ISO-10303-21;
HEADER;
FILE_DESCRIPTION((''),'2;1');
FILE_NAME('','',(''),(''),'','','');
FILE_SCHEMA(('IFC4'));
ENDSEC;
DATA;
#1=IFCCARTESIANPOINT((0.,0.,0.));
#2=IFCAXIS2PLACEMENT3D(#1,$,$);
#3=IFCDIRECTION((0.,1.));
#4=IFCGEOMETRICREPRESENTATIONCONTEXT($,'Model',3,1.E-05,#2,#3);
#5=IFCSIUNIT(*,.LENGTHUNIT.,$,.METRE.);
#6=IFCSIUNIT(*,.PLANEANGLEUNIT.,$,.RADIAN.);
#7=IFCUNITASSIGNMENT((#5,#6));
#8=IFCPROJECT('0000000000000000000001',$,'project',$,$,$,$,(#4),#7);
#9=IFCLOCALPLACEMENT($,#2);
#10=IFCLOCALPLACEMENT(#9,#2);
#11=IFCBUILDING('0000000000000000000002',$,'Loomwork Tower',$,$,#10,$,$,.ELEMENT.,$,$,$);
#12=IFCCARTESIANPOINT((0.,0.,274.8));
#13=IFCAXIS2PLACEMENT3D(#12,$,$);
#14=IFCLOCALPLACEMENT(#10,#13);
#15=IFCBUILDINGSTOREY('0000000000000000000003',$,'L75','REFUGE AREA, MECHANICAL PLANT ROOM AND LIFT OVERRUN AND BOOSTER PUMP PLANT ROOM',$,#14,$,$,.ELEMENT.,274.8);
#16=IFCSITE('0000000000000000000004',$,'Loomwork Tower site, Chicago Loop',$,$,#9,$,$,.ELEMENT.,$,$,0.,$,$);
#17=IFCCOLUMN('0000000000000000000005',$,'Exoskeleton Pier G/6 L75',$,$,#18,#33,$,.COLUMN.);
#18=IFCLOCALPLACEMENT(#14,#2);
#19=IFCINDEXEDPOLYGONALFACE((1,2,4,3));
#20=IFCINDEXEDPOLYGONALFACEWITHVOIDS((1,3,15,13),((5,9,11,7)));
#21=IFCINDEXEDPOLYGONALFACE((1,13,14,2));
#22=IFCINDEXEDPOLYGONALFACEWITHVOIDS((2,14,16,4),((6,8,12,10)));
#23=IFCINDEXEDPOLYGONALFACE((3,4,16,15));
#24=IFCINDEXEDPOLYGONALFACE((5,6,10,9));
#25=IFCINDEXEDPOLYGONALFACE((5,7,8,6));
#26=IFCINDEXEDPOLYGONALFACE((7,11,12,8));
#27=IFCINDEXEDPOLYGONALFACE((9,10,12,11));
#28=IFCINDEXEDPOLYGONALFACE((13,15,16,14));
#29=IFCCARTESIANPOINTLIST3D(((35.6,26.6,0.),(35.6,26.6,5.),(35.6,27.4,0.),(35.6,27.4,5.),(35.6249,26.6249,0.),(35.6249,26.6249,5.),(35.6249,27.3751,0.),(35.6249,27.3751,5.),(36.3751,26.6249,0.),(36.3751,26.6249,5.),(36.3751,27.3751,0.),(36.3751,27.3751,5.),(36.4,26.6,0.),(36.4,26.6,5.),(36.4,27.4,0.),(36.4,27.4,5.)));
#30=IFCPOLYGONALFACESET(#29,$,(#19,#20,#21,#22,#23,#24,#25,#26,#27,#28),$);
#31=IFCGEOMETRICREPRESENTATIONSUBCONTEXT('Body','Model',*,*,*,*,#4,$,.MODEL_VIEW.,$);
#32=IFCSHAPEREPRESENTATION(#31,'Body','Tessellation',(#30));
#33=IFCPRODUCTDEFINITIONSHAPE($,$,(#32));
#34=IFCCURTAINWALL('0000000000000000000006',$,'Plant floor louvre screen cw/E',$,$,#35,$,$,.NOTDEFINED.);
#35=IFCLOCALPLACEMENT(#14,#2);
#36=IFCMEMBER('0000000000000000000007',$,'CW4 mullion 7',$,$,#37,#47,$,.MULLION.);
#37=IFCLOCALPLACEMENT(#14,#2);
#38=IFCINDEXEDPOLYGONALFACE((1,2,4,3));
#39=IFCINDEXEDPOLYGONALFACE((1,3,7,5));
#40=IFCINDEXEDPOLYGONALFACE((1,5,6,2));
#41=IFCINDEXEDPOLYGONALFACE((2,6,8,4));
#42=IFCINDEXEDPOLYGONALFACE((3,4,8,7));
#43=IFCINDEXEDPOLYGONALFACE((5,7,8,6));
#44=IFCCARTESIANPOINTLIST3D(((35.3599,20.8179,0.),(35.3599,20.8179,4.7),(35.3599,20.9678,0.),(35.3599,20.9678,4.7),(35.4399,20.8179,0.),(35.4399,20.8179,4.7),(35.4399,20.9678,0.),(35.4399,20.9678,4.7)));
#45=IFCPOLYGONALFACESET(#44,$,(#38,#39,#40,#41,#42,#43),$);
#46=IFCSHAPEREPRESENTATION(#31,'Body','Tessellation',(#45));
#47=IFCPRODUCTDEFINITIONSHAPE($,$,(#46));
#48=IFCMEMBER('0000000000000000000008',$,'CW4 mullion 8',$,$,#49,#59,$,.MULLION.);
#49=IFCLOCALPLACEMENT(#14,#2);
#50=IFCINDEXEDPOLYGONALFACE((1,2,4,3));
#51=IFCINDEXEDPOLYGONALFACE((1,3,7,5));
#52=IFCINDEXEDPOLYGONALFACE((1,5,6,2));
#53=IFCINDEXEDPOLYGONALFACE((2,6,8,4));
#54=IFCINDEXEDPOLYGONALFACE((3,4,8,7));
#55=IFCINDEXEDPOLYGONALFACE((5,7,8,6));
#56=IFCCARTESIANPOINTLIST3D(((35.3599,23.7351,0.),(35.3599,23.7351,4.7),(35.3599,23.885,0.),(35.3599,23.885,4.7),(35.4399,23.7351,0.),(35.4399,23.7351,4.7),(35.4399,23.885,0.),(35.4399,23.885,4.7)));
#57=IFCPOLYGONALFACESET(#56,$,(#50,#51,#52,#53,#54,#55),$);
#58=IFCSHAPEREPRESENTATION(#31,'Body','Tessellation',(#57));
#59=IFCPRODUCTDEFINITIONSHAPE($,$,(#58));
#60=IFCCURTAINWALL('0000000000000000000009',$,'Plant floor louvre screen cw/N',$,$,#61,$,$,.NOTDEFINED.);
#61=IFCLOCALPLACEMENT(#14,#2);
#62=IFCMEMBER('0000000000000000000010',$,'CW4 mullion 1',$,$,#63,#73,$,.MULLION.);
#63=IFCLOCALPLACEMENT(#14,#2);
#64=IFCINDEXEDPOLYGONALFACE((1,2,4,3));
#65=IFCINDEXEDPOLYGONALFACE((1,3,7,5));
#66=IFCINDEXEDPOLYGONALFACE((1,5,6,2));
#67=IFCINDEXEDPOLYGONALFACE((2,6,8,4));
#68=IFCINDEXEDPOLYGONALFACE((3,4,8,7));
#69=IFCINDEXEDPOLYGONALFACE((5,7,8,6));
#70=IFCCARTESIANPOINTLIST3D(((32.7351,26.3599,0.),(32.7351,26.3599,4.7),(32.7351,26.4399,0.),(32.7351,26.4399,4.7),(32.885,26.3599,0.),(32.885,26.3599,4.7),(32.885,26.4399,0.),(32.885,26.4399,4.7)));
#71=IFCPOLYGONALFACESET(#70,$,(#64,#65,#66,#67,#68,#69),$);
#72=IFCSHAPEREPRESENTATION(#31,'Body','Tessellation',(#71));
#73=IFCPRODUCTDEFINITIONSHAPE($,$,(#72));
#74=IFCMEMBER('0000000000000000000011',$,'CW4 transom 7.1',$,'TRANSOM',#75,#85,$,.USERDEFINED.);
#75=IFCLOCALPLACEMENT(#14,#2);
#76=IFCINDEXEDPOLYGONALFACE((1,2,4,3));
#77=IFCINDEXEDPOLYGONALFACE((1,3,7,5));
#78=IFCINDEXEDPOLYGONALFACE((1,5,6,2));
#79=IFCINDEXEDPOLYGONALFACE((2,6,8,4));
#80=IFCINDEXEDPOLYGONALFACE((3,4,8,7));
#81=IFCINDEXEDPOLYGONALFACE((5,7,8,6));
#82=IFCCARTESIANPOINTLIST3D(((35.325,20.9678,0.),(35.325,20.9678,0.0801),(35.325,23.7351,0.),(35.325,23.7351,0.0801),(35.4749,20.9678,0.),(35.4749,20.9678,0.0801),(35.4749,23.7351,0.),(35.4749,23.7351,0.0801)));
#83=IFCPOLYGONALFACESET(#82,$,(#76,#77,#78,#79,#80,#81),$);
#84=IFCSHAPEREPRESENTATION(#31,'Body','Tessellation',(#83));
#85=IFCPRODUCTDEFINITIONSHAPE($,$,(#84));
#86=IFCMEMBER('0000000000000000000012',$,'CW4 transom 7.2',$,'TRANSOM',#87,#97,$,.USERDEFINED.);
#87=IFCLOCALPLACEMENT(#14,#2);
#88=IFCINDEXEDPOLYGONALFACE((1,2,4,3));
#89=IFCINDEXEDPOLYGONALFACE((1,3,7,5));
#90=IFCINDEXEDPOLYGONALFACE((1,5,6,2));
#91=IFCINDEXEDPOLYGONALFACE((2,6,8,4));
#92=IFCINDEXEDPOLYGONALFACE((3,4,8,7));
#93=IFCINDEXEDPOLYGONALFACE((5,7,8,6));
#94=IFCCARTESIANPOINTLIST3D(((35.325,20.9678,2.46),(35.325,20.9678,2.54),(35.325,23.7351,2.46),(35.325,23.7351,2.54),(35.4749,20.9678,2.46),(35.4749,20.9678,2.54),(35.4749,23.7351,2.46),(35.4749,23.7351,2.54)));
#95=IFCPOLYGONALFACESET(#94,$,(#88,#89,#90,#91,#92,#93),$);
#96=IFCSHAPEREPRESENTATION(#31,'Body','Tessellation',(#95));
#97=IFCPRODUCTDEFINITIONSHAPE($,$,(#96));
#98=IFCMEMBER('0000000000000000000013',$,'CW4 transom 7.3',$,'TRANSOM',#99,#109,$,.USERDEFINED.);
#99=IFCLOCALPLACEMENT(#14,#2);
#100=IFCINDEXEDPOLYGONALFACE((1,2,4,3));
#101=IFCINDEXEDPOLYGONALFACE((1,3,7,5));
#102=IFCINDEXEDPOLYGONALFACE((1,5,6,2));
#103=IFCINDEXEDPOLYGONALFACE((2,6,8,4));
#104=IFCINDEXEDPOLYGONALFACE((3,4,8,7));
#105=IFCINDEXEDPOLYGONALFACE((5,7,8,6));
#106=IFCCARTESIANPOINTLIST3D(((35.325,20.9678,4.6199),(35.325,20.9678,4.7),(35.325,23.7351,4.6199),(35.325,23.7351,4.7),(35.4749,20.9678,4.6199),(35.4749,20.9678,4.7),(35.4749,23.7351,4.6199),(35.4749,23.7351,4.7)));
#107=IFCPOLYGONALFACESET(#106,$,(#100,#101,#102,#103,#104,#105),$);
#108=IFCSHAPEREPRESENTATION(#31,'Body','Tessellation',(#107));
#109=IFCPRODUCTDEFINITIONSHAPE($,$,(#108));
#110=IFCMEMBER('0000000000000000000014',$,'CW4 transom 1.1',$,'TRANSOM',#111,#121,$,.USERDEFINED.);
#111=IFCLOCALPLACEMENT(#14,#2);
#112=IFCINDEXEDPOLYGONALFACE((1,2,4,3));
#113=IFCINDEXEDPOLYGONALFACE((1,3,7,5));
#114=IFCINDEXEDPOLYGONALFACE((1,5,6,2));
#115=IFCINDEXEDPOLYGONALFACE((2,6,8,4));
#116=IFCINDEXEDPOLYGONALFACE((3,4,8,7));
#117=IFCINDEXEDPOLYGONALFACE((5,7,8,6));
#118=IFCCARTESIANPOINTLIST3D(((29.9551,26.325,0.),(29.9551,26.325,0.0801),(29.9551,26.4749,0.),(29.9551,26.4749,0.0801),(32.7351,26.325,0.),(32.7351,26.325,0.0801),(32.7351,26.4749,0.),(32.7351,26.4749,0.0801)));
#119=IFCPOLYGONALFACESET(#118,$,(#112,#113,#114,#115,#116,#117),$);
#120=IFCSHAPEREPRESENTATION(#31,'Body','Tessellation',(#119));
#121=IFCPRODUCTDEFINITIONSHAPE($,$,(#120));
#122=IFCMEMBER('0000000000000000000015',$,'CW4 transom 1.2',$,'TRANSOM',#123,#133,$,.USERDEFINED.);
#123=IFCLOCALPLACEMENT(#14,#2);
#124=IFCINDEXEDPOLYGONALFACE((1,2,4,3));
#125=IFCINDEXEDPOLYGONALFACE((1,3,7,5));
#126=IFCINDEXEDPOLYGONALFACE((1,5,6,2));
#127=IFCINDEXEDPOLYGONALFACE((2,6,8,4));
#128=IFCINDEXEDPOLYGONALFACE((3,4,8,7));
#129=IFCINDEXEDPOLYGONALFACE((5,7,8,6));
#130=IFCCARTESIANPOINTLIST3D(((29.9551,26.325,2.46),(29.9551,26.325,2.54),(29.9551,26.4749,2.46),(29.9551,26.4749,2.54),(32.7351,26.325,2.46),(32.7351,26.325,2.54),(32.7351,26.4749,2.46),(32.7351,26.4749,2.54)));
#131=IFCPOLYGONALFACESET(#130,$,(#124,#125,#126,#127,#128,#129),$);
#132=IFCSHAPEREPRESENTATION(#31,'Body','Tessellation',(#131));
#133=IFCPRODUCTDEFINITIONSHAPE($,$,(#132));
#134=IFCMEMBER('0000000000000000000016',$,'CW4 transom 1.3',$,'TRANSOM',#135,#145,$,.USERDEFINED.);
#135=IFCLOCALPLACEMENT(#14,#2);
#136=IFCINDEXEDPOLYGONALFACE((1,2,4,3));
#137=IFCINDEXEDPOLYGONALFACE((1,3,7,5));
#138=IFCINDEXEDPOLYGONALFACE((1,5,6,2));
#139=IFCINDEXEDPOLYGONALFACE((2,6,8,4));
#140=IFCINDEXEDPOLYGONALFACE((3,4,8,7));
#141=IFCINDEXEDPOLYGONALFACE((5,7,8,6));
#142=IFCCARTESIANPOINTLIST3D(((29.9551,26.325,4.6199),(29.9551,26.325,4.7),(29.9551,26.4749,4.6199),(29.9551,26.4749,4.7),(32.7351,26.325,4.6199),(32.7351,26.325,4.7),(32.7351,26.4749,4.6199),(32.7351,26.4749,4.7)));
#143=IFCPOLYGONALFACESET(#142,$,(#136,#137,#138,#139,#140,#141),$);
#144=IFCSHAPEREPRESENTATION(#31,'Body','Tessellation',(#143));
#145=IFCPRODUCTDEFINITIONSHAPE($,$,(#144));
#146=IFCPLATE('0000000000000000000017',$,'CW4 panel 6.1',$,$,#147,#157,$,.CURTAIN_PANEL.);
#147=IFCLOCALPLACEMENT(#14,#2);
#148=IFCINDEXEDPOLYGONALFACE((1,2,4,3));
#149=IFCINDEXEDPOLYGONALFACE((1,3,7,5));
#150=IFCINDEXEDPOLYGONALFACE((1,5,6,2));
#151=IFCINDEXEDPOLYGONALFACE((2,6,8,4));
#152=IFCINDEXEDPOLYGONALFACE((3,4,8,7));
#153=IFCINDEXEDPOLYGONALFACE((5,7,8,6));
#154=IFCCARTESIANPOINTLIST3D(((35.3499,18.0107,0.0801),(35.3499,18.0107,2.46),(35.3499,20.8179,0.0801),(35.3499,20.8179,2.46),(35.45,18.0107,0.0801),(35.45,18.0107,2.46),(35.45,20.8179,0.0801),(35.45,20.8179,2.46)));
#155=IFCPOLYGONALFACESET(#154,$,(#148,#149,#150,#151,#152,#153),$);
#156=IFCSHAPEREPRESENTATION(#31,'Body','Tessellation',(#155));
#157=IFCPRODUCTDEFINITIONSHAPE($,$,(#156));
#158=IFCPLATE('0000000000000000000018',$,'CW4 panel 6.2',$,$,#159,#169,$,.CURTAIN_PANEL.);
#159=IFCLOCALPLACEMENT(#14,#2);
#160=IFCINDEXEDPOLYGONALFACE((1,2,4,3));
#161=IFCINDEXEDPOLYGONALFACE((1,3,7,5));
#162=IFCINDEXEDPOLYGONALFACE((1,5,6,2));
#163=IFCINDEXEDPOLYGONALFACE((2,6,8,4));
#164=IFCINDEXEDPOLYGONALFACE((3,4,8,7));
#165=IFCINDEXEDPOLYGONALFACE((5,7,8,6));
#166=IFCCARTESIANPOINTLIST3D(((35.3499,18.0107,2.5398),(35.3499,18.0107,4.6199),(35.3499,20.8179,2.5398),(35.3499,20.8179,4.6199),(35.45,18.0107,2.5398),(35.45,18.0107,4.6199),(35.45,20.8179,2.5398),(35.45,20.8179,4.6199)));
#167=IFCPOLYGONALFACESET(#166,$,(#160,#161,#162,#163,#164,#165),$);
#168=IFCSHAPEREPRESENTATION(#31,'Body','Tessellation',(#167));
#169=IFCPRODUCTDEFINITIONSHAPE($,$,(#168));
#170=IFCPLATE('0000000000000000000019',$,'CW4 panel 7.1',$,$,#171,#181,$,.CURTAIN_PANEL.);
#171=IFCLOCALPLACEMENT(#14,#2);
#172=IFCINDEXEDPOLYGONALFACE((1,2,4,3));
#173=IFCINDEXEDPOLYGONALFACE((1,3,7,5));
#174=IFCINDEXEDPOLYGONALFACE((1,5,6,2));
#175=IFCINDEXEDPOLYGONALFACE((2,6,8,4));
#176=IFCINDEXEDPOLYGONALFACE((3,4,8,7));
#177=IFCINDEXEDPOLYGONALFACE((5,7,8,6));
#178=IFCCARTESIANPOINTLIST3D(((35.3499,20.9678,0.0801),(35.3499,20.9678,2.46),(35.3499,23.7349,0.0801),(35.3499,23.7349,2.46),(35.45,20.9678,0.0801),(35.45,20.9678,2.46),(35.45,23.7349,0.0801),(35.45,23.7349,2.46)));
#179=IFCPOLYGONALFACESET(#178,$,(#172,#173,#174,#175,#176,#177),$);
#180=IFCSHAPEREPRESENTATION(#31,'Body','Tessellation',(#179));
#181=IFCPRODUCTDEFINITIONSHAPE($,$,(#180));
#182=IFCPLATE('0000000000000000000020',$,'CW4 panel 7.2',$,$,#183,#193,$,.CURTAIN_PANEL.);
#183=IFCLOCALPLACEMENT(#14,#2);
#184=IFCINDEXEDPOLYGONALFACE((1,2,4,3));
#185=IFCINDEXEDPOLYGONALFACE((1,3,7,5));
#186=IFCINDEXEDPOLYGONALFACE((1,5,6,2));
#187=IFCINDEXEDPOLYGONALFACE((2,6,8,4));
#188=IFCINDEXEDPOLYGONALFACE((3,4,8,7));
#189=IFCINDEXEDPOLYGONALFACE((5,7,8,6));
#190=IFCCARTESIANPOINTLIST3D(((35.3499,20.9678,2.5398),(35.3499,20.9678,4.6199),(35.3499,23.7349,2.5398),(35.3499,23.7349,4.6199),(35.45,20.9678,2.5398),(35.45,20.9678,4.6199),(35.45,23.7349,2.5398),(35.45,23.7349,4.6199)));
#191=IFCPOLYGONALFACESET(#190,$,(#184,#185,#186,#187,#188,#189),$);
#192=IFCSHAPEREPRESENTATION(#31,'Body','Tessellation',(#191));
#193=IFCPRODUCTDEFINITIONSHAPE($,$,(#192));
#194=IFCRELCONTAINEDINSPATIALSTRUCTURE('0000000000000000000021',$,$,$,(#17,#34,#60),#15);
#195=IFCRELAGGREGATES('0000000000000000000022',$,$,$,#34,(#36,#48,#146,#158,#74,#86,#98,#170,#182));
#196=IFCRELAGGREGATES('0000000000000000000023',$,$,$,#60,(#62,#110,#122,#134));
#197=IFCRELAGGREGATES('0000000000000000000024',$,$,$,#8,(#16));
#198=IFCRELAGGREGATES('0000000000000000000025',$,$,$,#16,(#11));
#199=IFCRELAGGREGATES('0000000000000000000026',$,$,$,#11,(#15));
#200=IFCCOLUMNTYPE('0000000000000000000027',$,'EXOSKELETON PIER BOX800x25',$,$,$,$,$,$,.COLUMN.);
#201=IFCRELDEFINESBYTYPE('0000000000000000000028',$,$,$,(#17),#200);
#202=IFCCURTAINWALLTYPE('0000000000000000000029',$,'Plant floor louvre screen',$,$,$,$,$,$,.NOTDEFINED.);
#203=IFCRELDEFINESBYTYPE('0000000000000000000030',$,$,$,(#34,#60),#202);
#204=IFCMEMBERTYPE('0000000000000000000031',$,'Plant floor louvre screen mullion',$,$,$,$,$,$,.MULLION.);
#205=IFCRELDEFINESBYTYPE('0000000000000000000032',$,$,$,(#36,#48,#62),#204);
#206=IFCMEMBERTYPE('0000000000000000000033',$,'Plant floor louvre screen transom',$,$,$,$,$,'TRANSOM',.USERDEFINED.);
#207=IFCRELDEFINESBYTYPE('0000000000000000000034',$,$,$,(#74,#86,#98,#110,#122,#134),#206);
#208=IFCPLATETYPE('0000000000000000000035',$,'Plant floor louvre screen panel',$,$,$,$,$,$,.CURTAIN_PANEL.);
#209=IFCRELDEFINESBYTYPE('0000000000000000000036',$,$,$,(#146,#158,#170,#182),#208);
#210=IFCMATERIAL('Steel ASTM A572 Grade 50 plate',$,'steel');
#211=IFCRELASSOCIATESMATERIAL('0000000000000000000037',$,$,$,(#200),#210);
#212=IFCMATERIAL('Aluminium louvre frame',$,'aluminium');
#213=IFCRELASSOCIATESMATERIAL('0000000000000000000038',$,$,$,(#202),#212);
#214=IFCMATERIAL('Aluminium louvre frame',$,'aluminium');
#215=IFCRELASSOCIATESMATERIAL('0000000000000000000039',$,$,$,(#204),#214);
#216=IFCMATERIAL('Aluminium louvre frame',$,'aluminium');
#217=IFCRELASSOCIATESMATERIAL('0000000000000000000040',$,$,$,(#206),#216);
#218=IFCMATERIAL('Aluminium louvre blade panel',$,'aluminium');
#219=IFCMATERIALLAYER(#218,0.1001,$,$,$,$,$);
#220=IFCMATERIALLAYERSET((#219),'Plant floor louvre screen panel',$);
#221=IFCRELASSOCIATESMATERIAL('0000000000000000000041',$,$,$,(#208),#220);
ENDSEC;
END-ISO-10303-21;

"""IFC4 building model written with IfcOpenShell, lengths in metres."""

from ifc_helpers import new_model, si_unit, direction, frame, origin, origin_2d, place, context, subcontext, project, spatial, rectangle, hollow_rectangle, extrude, material, layer, layer_set, material_profile, profile_set, type_object, element, aggregate, save


model = new_model("IFC4")

# Units and contexts
model_context = context("Model", 3, precision=1e-05, world=origin(), true_north=direction((0.0, 1.0)))
body_context = subcontext(model_context, "Body", "Model", "MODEL_VIEW")
ifc_project = project(units=[si_unit("LENGTHUNIT", "METRE"), si_unit("PLANEANGLEUNIT", "RADIAN")], contexts=[model_context])

# Site, building, storey
site_placement = place(None, origin())
site = spatial("IfcSite", under=ifc_project, at=site_placement, Name="Loomwork Tower site, Chicago Loop", CompositionType="ELEMENT", RefElevation=0.0)
building_placement = place(site_placement, origin())
building = spatial("IfcBuilding", under=site, at=building_placement, Name="Loomwork Tower", CompositionType="ELEMENT")
storey_placement = place(building_placement, frame((0.0, 0.0, 274.8)))
storey = spatial("IfcBuildingStorey", under=building, at=storey_placement, Name="L75", Description="REFUGE AREA, MECHANICAL PLANT ROOM AND LIFT OVERRUN AND BOOSTER PUMP PLANT ROOM", CompositionType="ELEMENT", Elevation=274.8)

# Column
ifc_material_1 = material(Name="Steel ASTM A572 Grade 50 plate", Category="steel")
ifc_material_profile_1 = material_profile(ifc_material_1, hollow_rectangle(XDim=0.8, YDim=0.8, WallThickness=0.0249, at=origin_2d()), Name="BOX800x25")
ifc_profile_set_1 = profile_set([ifc_material_profile_1], Name="Steel ASTM A572 Grade 50 plate")
column_type = type_object("IfcColumnType", Name="EXOSKELETON PIER BOX800x25", PredefinedType="COLUMN", material=ifc_profile_set_1)
column_placement = place(storey_placement, frame((36.0, 27.0, 0.0), z_axis=(0.0, 0.0, 1.0), x_axis=(1.0, 0.0, 0.0)))
element("IfcColumn", 1, at=column_placement, inside=storey, type_object=column_type, Name="Exoskeleton Pier G/6 L75", PredefinedType="COLUMN", context=body_context, shape_type="SweptSolid", body=[
    extrude(hollow_rectangle(XDim=0.8, YDim=0.8, WallThickness=0.0249, at=origin_2d()), origin(), (0.0, 0.0, 1.0), 5.0),
])

# Curtain wall, members
ifc_material_2 = material(Name="Aluminium louvre frame", Category="aluminium")
curtain_wall_type = type_object("IfcCurtainWallType", Name="Plant floor louvre screen", PredefinedType="NOTDEFINED", material=ifc_material_2)
curtain_wall_1_placement = place(storey_placement, origin())
curtain_wall_1 = element("IfcCurtainWall", 2, at=curtain_wall_1_placement, inside=storey, type_object=curtain_wall_type, Name="Plant floor louvre screen cw/E", PredefinedType="NOTDEFINED")
ifc_material_3 = material(Name="Aluminium louvre frame", Category="aluminium")
ifc_material_profile_2 = material_profile(ifc_material_3, rectangle(XDim=0.0801, YDim=0.1499, at=origin_2d()), Name="AL 80x150")
ifc_profile_set_2 = profile_set([ifc_material_profile_2], Name="Aluminium louvre frame")
member_type_1 = type_object("IfcMemberType", Name="Plant floor louvre screen mullion", PredefinedType="MULLION", material=ifc_profile_set_2)
member_1_placement = place(storey_placement, frame((35.3999, 20.8928, 0.0), z_axis=(0.0, 0.0, 1.0), x_axis=(-1.0, 0.0, 0.0)))
member_1 = element("IfcMember", 3, at=member_1_placement, type_object=member_type_1, Name="CW4 mullion 7", PredefinedType="MULLION", context=body_context, shape_type="SweptSolid", body=[
    extrude(rectangle(XDim=0.0801, YDim=0.1499, at=origin_2d()), origin(), (0.0, 0.0, 1.0), 4.7),
])
member_2_placement = place(storey_placement, frame((35.3999, 23.8101, 0.0), z_axis=(0.0, 0.0, 1.0), x_axis=(-1.0, 0.0, 0.0)))
member_2 = element("IfcMember", 4, at=member_2_placement, type_object=member_type_1, Name="CW4 mullion 8", PredefinedType="MULLION", context=body_context, shape_type="SweptSolid", body=[
    extrude(rectangle(XDim=0.0801, YDim=0.1499, at=origin_2d()), origin(), (0.0, 0.0, 1.0), 4.7),
])

# Curtain wall, member
curtain_wall_2_placement = place(storey_placement, origin())
curtain_wall_2 = element("IfcCurtainWall", 5, at=curtain_wall_2_placement, inside=storey, type_object=curtain_wall_type, Name="Plant floor louvre screen cw/N", PredefinedType="NOTDEFINED")
member_3_placement = place(storey_placement, frame((32.8101, 26.3999, 0.0), z_axis=(0.0, 0.0, 1.0), x_axis=(0.0, -1.0, 0.0)))
member_3 = element("IfcMember", 6, at=member_3_placement, type_object=member_type_1, Name="CW4 mullion 1", PredefinedType="MULLION", context=body_context, shape_type="SweptSolid", body=[
    extrude(rectangle(XDim=0.0801, YDim=0.1499, at=origin_2d()), origin(), (0.0, 0.0, 1.0), 4.7),
])

# Members
ifc_material_4 = material(Name="Aluminium louvre frame", Category="aluminium")
ifc_material_profile_3 = material_profile(ifc_material_4, rectangle(XDim=0.1499, YDim=0.0801, at=origin_2d()), Name="AL 80x150")
ifc_profile_set_3 = profile_set([ifc_material_profile_3], Name="Aluminium louvre frame")
member_type_2 = type_object("IfcMemberType", Name="Plant floor louvre screen transom", ElementType="TRANSOM", PredefinedType="USERDEFINED", material=ifc_profile_set_3)
member_4_placement = place(storey_placement, frame((35.3999, 20.9678, 0.04), z_axis=(0.0, 1.0, 0.0), x_axis=(-1.0, 0.0, 0.0)))
member_4 = element("IfcMember", 7, at=member_4_placement, type_object=member_type_2, Name="CW4 transom 7.1", ObjectType="TRANSOM", PredefinedType="USERDEFINED", context=body_context, shape_type="SweptSolid", body=[
    extrude(rectangle(XDim=0.1499, YDim=0.0801, at=origin_2d()), origin(), (0.0, 0.0, 1.0), 2.7673),
])
member_5_placement = place(storey_placement, frame((35.3999, 20.9678, 2.5), z_axis=(0.0, 1.0, 0.0), x_axis=(-1.0, 0.0, 0.0)))
member_5 = element("IfcMember", 8, at=member_5_placement, type_object=member_type_2, Name="CW4 transom 7.2", ObjectType="TRANSOM", PredefinedType="USERDEFINED", context=body_context, shape_type="SweptSolid", body=[
    extrude(rectangle(XDim=0.1499, YDim=0.0801, at=origin_2d()), origin(), (0.0, 0.0, 1.0), 2.7673),
])
member_6_placement = place(storey_placement, frame((35.3999, 20.9678, 4.6599), z_axis=(0.0, 1.0, 0.0), x_axis=(-1.0, 0.0, 0.0)))
member_6 = element("IfcMember", 9, at=member_6_placement, type_object=member_type_2, Name="CW4 transom 7.3", ObjectType="TRANSOM", PredefinedType="USERDEFINED", context=body_context, shape_type="SweptSolid", body=[
    extrude(rectangle(XDim=0.1499, YDim=0.0801, at=origin_2d()), origin(), (0.0, 0.0, 1.0), 2.7673),
])
member_7_placement = place(storey_placement, frame((32.7351, 26.3999, 0.04), z_axis=(-1.0, 0.0, 0.0), x_axis=(0.0, -1.0, 0.0)))
member_7 = element("IfcMember", 10, at=member_7_placement, type_object=member_type_2, Name="CW4 transom 1.1", ObjectType="TRANSOM", PredefinedType="USERDEFINED", context=body_context, shape_type="SweptSolid", body=[
    extrude(rectangle(XDim=0.1499, YDim=0.0801, at=origin_2d()), origin(), (0.0, 0.0, 1.0), 2.78),
])
member_8_placement = place(storey_placement, frame((32.7351, 26.3999, 2.5), z_axis=(-1.0, 0.0, 0.0), x_axis=(0.0, -1.0, 0.0)))
member_8 = element("IfcMember", 11, at=member_8_placement, type_object=member_type_2, Name="CW4 transom 1.2", ObjectType="TRANSOM", PredefinedType="USERDEFINED", context=body_context, shape_type="SweptSolid", body=[
    extrude(rectangle(XDim=0.1499, YDim=0.0801, at=origin_2d()), origin(), (0.0, 0.0, 1.0), 2.78),
])
member_9_placement = place(storey_placement, frame((32.7351, 26.3999, 4.6599), z_axis=(-1.0, 0.0, 0.0), x_axis=(0.0, -1.0, 0.0)))
member_9 = element("IfcMember", 12, at=member_9_placement, type_object=member_type_2, Name="CW4 transom 1.3", ObjectType="TRANSOM", PredefinedType="USERDEFINED", context=body_context, shape_type="SweptSolid", body=[
    extrude(rectangle(XDim=0.1499, YDim=0.0801, at=origin_2d()), origin(), (0.0, 0.0, 1.0), 2.78),
])

# Plates
ifc_material_5 = material(Name="Aluminium louvre blade panel", Category="aluminium")
ifc_layer_1 = layer(ifc_material_5, 0.1001)
ifc_layer_set_1 = layer_set([ifc_layer_1], Name="Plant floor louvre screen panel")
plate_type = type_object("IfcPlateType", Name="Plant floor louvre screen panel", PredefinedType="CURTAIN_PANEL", material=ifc_layer_set_1)
plate_1_placement = place(storey_placement, frame((35.3999, 19.4143, 0.0801), z_axis=(0.0, 0.0, 1.0), x_axis=(0.0, 1.0, 0.0)))
plate_1 = element("IfcPlate", 13, at=plate_1_placement, type_object=plate_type, Name="CW4 panel 6.1", PredefinedType="CURTAIN_PANEL", context=body_context, shape_type="SweptSolid", body=[
    extrude(rectangle(XDim=2.8071, YDim=0.1001, at=origin_2d()), origin(), (0.0, 0.0, 1.0), 2.3799),
])
plate_2_placement = place(storey_placement, frame((35.3999, 19.4143, 2.5398), z_axis=(0.0, 0.0, 1.0), x_axis=(0.0, 1.0, 0.0)))
plate_2 = element("IfcPlate", 14, at=plate_2_placement, type_object=plate_type, Name="CW4 panel 6.2", PredefinedType="CURTAIN_PANEL", context=body_context, shape_type="SweptSolid", body=[
    extrude(rectangle(XDim=2.8071, YDim=0.1001, at=origin_2d()), origin(), (0.0, 0.0, 1.0), 2.0801),
])
plate_3_placement = place(storey_placement, frame((35.3999, 22.3513, 0.0801), z_axis=(0.0, 0.0, 1.0), x_axis=(0.0, 1.0, 0.0)))
plate_3 = element("IfcPlate", 15, at=plate_3_placement, type_object=plate_type, Name="CW4 panel 7.1", PredefinedType="CURTAIN_PANEL", context=body_context, shape_type="SweptSolid", body=[
    extrude(rectangle(XDim=2.7671, YDim=0.1001, at=origin_2d()), origin(), (0.0, 0.0, 1.0), 2.3799),
])
plate_4_placement = place(storey_placement, frame((35.3999, 22.3513, 2.5398), z_axis=(0.0, 0.0, 1.0), x_axis=(0.0, 1.0, 0.0)))
plate_4 = element("IfcPlate", 16, at=plate_4_placement, type_object=plate_type, Name="CW4 panel 7.2", PredefinedType="CURTAIN_PANEL", context=body_context, shape_type="SweptSolid", body=[
    extrude(rectangle(XDim=2.7671, YDim=0.1001, at=origin_2d()), origin(), (0.0, 0.0, 1.0), 2.0801),
])
aggregate(curtain_wall_1, [member_1, member_2, plate_1, plate_2, member_4, member_5, member_6, plate_3, plate_4])
aggregate(curtain_wall_2, [member_3, member_7, member_8, member_9])

save(model, "model.ifc")
